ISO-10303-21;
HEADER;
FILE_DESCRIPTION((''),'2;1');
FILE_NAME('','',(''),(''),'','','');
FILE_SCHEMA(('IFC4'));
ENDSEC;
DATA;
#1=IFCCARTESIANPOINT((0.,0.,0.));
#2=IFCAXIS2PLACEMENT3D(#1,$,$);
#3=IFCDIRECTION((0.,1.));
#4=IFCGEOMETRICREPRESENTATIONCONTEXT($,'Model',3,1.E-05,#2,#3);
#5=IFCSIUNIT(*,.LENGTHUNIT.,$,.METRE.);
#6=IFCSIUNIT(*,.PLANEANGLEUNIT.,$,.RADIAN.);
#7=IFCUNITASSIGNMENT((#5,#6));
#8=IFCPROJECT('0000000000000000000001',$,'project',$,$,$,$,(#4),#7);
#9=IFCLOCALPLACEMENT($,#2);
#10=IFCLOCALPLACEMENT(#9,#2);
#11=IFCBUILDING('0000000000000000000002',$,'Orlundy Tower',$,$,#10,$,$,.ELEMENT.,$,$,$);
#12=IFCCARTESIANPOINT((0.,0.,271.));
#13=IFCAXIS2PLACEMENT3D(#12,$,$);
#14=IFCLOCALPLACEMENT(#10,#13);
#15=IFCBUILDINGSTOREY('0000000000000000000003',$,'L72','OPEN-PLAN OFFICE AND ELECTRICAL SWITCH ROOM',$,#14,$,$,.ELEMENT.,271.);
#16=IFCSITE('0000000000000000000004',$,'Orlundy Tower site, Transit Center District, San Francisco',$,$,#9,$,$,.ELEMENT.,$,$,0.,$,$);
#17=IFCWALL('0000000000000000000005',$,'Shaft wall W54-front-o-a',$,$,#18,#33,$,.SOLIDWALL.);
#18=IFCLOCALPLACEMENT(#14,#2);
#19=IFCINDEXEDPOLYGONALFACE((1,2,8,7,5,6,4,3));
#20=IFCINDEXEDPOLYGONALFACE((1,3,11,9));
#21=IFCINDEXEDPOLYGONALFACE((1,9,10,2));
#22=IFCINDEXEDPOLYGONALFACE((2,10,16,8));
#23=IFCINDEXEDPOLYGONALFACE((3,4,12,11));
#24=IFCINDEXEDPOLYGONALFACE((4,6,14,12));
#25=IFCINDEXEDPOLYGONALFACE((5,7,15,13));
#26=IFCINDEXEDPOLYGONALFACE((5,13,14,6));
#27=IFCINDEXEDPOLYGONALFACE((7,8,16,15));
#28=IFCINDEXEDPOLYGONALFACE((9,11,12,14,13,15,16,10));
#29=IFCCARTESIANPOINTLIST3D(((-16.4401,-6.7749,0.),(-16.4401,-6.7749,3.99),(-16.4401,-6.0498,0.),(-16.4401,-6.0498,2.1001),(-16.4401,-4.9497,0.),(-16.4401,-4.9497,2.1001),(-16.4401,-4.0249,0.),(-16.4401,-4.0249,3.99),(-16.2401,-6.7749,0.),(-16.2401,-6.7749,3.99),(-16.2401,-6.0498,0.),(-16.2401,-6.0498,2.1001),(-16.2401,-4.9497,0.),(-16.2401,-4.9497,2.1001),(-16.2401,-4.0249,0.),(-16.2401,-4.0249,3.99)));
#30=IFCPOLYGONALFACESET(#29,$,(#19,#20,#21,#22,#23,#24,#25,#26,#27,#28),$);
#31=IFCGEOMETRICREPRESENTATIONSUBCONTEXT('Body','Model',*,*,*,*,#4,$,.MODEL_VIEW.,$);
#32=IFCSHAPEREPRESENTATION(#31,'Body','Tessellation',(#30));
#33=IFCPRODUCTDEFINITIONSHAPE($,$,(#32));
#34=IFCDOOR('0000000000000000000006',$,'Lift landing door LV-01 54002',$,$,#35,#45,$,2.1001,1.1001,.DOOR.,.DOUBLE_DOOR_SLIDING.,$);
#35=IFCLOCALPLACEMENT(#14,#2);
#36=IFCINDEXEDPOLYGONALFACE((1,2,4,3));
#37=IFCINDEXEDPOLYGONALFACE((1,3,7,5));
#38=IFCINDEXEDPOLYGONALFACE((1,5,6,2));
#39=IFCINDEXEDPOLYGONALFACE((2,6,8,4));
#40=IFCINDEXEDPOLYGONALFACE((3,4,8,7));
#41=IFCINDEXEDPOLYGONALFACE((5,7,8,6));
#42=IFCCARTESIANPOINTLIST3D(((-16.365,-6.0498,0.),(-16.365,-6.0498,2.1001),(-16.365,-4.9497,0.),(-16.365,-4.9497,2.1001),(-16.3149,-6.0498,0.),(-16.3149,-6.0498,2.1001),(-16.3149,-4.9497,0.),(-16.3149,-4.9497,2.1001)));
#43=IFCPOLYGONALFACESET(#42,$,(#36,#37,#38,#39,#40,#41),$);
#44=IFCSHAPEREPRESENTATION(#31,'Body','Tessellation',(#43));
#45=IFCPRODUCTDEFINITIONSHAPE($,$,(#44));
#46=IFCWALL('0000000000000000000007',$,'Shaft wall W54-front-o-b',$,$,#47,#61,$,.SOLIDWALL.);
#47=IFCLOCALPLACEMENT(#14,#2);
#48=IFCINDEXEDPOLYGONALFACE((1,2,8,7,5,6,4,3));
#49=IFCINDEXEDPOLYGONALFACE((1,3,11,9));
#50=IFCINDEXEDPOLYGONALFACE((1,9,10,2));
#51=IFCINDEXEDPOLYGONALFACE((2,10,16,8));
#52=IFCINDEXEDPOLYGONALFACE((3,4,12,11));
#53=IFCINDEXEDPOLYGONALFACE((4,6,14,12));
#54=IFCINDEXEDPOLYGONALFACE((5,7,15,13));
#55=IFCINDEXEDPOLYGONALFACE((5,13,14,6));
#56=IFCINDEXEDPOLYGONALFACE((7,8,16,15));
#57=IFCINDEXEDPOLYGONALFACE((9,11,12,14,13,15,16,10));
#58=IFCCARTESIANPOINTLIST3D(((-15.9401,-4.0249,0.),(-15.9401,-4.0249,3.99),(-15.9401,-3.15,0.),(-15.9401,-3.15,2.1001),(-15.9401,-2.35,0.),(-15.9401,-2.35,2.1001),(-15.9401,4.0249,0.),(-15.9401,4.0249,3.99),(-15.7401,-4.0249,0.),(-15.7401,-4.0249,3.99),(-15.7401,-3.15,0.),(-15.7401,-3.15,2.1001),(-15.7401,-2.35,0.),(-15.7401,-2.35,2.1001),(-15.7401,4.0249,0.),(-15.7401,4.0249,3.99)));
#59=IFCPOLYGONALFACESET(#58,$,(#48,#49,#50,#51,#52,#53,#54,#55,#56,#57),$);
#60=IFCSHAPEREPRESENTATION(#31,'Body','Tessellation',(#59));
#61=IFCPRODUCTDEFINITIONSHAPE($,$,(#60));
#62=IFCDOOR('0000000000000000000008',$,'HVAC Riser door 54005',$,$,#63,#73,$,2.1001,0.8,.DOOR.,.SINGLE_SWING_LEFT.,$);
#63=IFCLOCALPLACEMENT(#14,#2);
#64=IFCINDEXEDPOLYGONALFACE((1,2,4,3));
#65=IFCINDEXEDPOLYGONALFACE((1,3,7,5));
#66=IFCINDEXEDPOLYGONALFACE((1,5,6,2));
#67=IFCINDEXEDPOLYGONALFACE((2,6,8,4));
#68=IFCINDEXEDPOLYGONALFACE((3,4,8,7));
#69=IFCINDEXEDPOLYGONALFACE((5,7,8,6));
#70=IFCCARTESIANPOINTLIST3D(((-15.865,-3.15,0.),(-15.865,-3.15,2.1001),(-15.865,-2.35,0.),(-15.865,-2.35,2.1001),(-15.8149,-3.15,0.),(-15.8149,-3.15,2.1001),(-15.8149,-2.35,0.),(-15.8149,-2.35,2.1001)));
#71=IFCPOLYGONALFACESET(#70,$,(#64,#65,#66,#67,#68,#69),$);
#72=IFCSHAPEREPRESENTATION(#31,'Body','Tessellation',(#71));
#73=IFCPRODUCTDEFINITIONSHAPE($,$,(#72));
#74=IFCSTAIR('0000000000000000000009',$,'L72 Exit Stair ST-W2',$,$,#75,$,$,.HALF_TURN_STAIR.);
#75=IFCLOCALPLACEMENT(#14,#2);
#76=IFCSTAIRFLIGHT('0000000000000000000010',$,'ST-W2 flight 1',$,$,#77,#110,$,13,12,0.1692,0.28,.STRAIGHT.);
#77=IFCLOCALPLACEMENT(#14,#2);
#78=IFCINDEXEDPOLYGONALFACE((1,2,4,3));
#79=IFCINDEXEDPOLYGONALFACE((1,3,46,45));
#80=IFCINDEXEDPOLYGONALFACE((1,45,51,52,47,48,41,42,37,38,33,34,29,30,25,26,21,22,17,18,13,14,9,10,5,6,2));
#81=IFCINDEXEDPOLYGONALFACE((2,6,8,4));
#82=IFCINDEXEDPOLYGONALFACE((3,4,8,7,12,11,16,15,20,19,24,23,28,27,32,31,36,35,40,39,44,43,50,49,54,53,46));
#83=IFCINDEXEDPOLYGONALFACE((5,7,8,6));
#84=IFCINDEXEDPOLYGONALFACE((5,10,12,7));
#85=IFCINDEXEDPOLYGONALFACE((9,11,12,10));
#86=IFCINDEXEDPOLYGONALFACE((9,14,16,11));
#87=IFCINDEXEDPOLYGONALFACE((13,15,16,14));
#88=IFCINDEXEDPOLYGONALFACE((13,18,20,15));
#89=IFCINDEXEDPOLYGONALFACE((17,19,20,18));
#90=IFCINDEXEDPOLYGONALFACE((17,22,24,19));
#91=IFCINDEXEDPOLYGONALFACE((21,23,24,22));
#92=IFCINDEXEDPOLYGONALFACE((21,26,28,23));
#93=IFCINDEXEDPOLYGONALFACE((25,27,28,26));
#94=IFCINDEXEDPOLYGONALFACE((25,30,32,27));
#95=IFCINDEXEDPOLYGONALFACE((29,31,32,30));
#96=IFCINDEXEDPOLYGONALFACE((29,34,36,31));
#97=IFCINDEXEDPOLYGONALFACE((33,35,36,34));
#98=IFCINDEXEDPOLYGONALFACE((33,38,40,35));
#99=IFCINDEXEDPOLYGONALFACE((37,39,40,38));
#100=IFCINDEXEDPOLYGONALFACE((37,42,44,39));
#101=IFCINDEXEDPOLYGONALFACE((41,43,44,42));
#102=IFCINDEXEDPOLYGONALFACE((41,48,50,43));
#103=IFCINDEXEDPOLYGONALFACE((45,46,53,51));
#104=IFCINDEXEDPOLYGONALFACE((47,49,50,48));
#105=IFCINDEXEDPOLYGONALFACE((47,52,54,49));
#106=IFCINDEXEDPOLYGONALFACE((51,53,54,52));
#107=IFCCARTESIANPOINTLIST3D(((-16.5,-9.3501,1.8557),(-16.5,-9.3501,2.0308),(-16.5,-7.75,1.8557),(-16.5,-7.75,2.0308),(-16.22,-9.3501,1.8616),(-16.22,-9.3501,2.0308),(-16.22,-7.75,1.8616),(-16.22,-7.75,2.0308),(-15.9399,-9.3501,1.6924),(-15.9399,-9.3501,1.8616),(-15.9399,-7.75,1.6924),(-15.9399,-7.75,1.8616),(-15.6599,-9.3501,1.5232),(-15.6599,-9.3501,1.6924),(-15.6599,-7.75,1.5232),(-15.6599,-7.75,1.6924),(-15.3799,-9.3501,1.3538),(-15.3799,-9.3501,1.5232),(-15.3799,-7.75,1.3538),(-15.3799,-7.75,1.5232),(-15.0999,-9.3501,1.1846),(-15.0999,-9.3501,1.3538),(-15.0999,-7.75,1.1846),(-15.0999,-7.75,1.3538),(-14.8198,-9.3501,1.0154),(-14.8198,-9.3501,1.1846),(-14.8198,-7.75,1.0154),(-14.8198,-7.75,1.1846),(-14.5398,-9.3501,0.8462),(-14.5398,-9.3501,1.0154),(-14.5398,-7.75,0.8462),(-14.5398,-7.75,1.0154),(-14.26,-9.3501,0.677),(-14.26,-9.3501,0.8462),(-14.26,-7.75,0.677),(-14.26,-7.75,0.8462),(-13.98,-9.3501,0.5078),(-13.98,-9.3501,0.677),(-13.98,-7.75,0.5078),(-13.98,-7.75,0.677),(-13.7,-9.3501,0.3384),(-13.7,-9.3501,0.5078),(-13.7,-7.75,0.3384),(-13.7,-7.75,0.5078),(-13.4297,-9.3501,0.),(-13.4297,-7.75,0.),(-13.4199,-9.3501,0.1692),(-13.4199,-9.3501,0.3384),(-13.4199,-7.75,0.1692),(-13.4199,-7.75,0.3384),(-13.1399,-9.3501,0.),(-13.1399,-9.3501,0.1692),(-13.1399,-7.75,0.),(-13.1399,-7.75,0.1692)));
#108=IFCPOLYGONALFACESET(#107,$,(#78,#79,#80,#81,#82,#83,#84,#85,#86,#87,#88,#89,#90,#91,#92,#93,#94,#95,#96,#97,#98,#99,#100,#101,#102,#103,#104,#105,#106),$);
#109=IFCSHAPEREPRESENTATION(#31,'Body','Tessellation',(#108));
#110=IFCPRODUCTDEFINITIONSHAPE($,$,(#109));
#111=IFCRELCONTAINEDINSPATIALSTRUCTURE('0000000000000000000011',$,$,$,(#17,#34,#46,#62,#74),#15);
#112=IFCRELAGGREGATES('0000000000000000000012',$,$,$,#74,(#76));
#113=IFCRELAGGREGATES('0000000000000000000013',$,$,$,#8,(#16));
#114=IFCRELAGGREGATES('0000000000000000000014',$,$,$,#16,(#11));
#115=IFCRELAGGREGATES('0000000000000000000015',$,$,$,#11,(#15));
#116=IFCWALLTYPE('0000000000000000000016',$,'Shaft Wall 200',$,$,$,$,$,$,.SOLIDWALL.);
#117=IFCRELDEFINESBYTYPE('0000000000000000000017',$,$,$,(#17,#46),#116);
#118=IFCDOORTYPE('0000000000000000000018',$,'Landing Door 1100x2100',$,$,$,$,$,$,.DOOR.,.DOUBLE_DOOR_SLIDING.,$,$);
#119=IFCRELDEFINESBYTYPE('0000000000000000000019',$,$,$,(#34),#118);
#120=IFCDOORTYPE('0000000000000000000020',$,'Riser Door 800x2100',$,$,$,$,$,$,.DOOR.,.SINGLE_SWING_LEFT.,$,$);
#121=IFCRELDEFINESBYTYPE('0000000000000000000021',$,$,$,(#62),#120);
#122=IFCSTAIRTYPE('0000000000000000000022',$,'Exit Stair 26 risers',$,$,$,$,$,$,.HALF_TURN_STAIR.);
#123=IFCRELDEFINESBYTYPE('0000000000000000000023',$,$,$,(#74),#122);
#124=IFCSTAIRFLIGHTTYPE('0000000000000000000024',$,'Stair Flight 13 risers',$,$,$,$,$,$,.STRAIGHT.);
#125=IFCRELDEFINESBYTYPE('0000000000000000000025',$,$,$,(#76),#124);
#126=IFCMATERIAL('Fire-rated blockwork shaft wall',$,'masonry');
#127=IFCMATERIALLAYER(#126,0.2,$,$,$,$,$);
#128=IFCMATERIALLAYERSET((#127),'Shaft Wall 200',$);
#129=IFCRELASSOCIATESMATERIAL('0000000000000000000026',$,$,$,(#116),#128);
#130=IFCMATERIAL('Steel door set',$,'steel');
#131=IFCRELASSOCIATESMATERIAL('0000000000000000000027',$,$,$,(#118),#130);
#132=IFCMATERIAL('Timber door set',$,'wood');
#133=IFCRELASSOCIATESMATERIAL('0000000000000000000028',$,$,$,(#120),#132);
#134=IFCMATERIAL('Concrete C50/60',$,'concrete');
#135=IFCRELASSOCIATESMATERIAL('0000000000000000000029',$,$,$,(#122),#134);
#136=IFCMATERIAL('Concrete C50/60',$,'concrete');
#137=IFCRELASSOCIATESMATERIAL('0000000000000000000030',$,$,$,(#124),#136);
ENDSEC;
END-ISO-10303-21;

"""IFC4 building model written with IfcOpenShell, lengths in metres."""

from ifc_helpers import new_model, si_unit, direction, frame, frame_2d, origin, place, context, subcontext, project, spatial, polyline, rectangle, outline, extrude, material, layer, layer_set, type_object, element, fill, aggregate, save


model = new_model("IFC4")

# Units and contexts
model_context = context("Model", 3, precision=1e-05, world=origin(), true_north=direction((0.0, 1.0)))
body_context = subcontext(model_context, "Body", "Model", "MODEL_VIEW")
ifc_project = project(units=[si_unit("LENGTHUNIT", "METRE"), si_unit("PLANEANGLEUNIT", "RADIAN")], contexts=[model_context])

# Site, building, storey
site_placement = place(None, origin())
site = spatial("IfcSite", under=ifc_project, at=site_placement, Name="Orlundy Tower site, Transit Center District, San Francisco", CompositionType="ELEMENT", RefElevation=0.0)
building_placement = place(site_placement, origin())
building = spatial("IfcBuilding", under=site, at=building_placement, Name="Orlundy Tower", CompositionType="ELEMENT")
storey_placement = place(building_placement, frame((0.0, 0.0, 271.0)))
storey = spatial("IfcBuildingStorey", under=building, at=storey_placement, Name="L72", Description="OPEN-PLAN OFFICE AND ELECTRICAL SWITCH ROOM", CompositionType="ELEMENT", Elevation=271.0)

# Shared definitions
ifc_material_1 = material(Name="Fire-rated blockwork shaft wall", Category="masonry")
ifc_layer_1 = layer(ifc_material_1, 0.2)
ifc_layer_set_1 = layer_set([ifc_layer_1], Name="Shaft Wall 200")
wall_type_1 = type_object("IfcWallType", Name="Shaft Wall 200", PredefinedType="SOLIDWALL", material=ifc_layer_set_1)

# Walls, openings, doors
wall_1_placement = place(storey_placement, frame((-16.3401, -6.7749, 0.0), z_axis=(0.0, 0.0, 1.0), x_axis=(0.0, 1.0, 0.0)))
wall_1 = element("IfcWall", 1, at=wall_1_placement, inside=storey, type_object=wall_type_1, Name="Shaft wall W54-front-o-a", PredefinedType="SOLIDWALL", context=body_context, shape_type="SweptSolid", body=[
    extrude(rectangle(XDim=2.75, YDim=0.2, at=frame_2d((1.375, 0.0))), origin(), (0.0, 0.0, 1.0), 3.99),
])
opening_1_placement = place(wall_1_placement, frame((0.7251, 0.0, 0.0)))
opening_1 = element("IfcOpeningElement", 2, at=opening_1_placement, cuts=wall_1, PredefinedType="OPENING", context=body_context, shape_type="SweptSolid", body=[
    extrude(rectangle(XDim=1.1001, YDim=2.1001, at=frame_2d((0.55, 1.05))), frame((0.0, 0.1101, 0.0), z_axis=(0.0, -1.0, 0.0), x_axis=(1.0, 0.0, 0.0)), (0.0, 0.0, 1.0), 0.2202),
])
ifc_material_2 = material(Name="Steel door set", Category="steel")
door_type_1 = type_object("IfcDoorType", Name="Landing Door 1100x2100", OperationType="DOUBLE_DOOR_SLIDING", PredefinedType="DOOR", material=ifc_material_2)
door_1_placement = place(opening_1_placement, origin())
door_1 = element("IfcDoor", 3, at=door_1_placement, inside=storey, type_object=door_type_1, Name="Lift landing door LV-01 54002", OperationType="DOUBLE_DOOR_SLIDING", OverallHeight=2.1001, OverallWidth=1.1001, PredefinedType="DOOR", context=body_context, shape_type="SweptSolid", body=[
    extrude(rectangle(XDim=1.1001, YDim=2.1001, at=frame_2d((0.55, 1.05))), frame((0.0, 0.0249, 0.0), z_axis=(0.0, -1.0, 0.0), x_axis=(1.0, 0.0, 0.0)), (0.0, 0.0, 1.0), 0.05),
])
fill(opening_1, door_1)
wall_2_placement = place(storey_placement, frame((-15.8401, -4.0249, 0.0), z_axis=(0.0, 0.0, 1.0), x_axis=(0.0, 1.0, 0.0)))
wall_2 = element("IfcWall", 4, at=wall_2_placement, inside=storey, type_object=wall_type_1, Name="Shaft wall W54-front-o-b", PredefinedType="SOLIDWALL", context=body_context, shape_type="SweptSolid", body=[
    extrude(rectangle(XDim=8.0498, YDim=0.2, at=frame_2d((4.0249, 0.0))), origin(), (0.0, 0.0, 1.0), 3.99),
])
opening_2_placement = place(wall_2_placement, frame((0.875, 0.0, 0.0)))
opening_2 = element("IfcOpeningElement", 5, at=opening_2_placement, cuts=wall_2, PredefinedType="OPENING", context=body_context, shape_type="SweptSolid", body=[
    extrude(rectangle(XDim=0.8, YDim=2.1001, at=frame_2d((0.3999, 1.05))), frame((0.0, 0.1101, 0.0), z_axis=(0.0, -1.0, 0.0), x_axis=(1.0, 0.0, 0.0)), (0.0, 0.0, 1.0), 0.2202),
])
ifc_material_3 = material(Name="Timber door set", Category="wood")
door_type_2 = type_object("IfcDoorType", Name="Riser Door 800x2100", OperationType="SINGLE_SWING_LEFT", PredefinedType="DOOR", material=ifc_material_3)
door_2_placement = place(opening_2_placement, origin())
door_2 = element("IfcDoor", 6, at=door_2_placement, inside=storey, type_object=door_type_2, Name="HVAC Riser door 54005", OperationType="SINGLE_SWING_LEFT", OverallHeight=2.1001, OverallWidth=0.8, PredefinedType="DOOR", context=body_context, shape_type="SweptSolid", body=[
    extrude(rectangle(XDim=0.8, YDim=2.1001, at=frame_2d((0.3999, 1.05))), frame((0.0, 0.0249, 0.0), z_axis=(0.0, -1.0, 0.0), x_axis=(1.0, 0.0, 0.0)), (0.0, 0.0, 1.0), 0.05),
])
fill(opening_2, door_2)

# Stair, stair flight
ifc_material_4 = material(Name="Concrete C50/60", Category="concrete")
stair_type = type_object("IfcStairType", Name="Exit Stair 26 risers", PredefinedType="HALF_TURN_STAIR", material=ifc_material_4)
stair_placement = place(storey_placement, origin())
stair = element("IfcStair", 7, at=stair_placement, inside=storey, type_object=stair_type, Name="L72 Exit Stair ST-W2", PredefinedType="HALF_TURN_STAIR")
ifc_material_5 = material(Name="Concrete C50/60", Category="concrete")
stair_flight_type = type_object("IfcStairFlightType", Name="Stair Flight 13 risers", PredefinedType="STRAIGHT", material=ifc_material_5)
stair_flight_placement = place(storey_placement, frame((-13.1399, -8.55, 0.0), z_axis=(0.0, 0.0, 1.0), x_axis=(-1.0, 0.0, 0.0)))
stair_flight = element("IfcStairFlight", 8, at=stair_flight_placement, type_object=stair_flight_type, Name="ST-W2 flight 1", NumberOfRisers=13, NumberOfTreads=12, PredefinedType="STRAIGHT", RiserHeight=0.1692, TreadLength=0.28, context=body_context, shape_type="SweptSolid", body=[
    extrude(outline(polyline([(0.0, 0.0), (0.0, 0.1692), (0.28, 0.1692), (0.28, 0.3384), (0.5601, 0.3384), (0.5601, 0.5078), (0.8401, 0.5078), (0.8401, 0.677), (1.1201, 0.677), (1.1201, 0.8462), (1.3999, 0.8462), (1.3999, 1.0154), (1.6799, 1.0154), (1.6799, 1.1846), (1.96, 1.1846), (1.96, 1.3538), (2.24, 1.3538), (2.24, 1.5232), (2.52, 1.5232), (2.52, 1.6924), (2.8, 1.6924), (2.8, 1.8616), (3.0801, 1.8616), (3.0801, 2.0308), (3.3601, 2.0308), (3.3601, 2.2), (3.3601, 1.8557), (0.2898, 0.0), (0.0, 0.0)])), frame((0.0, 0.8, 0.0), z_axis=(0.0, -1.0, 0.0), x_axis=(1.0, 0.0, 0.0)), (0.0, 0.0, 1.0), 1.6001),
])
aggregate(stair, [stair_flight])

save(model, "model.ifc")
